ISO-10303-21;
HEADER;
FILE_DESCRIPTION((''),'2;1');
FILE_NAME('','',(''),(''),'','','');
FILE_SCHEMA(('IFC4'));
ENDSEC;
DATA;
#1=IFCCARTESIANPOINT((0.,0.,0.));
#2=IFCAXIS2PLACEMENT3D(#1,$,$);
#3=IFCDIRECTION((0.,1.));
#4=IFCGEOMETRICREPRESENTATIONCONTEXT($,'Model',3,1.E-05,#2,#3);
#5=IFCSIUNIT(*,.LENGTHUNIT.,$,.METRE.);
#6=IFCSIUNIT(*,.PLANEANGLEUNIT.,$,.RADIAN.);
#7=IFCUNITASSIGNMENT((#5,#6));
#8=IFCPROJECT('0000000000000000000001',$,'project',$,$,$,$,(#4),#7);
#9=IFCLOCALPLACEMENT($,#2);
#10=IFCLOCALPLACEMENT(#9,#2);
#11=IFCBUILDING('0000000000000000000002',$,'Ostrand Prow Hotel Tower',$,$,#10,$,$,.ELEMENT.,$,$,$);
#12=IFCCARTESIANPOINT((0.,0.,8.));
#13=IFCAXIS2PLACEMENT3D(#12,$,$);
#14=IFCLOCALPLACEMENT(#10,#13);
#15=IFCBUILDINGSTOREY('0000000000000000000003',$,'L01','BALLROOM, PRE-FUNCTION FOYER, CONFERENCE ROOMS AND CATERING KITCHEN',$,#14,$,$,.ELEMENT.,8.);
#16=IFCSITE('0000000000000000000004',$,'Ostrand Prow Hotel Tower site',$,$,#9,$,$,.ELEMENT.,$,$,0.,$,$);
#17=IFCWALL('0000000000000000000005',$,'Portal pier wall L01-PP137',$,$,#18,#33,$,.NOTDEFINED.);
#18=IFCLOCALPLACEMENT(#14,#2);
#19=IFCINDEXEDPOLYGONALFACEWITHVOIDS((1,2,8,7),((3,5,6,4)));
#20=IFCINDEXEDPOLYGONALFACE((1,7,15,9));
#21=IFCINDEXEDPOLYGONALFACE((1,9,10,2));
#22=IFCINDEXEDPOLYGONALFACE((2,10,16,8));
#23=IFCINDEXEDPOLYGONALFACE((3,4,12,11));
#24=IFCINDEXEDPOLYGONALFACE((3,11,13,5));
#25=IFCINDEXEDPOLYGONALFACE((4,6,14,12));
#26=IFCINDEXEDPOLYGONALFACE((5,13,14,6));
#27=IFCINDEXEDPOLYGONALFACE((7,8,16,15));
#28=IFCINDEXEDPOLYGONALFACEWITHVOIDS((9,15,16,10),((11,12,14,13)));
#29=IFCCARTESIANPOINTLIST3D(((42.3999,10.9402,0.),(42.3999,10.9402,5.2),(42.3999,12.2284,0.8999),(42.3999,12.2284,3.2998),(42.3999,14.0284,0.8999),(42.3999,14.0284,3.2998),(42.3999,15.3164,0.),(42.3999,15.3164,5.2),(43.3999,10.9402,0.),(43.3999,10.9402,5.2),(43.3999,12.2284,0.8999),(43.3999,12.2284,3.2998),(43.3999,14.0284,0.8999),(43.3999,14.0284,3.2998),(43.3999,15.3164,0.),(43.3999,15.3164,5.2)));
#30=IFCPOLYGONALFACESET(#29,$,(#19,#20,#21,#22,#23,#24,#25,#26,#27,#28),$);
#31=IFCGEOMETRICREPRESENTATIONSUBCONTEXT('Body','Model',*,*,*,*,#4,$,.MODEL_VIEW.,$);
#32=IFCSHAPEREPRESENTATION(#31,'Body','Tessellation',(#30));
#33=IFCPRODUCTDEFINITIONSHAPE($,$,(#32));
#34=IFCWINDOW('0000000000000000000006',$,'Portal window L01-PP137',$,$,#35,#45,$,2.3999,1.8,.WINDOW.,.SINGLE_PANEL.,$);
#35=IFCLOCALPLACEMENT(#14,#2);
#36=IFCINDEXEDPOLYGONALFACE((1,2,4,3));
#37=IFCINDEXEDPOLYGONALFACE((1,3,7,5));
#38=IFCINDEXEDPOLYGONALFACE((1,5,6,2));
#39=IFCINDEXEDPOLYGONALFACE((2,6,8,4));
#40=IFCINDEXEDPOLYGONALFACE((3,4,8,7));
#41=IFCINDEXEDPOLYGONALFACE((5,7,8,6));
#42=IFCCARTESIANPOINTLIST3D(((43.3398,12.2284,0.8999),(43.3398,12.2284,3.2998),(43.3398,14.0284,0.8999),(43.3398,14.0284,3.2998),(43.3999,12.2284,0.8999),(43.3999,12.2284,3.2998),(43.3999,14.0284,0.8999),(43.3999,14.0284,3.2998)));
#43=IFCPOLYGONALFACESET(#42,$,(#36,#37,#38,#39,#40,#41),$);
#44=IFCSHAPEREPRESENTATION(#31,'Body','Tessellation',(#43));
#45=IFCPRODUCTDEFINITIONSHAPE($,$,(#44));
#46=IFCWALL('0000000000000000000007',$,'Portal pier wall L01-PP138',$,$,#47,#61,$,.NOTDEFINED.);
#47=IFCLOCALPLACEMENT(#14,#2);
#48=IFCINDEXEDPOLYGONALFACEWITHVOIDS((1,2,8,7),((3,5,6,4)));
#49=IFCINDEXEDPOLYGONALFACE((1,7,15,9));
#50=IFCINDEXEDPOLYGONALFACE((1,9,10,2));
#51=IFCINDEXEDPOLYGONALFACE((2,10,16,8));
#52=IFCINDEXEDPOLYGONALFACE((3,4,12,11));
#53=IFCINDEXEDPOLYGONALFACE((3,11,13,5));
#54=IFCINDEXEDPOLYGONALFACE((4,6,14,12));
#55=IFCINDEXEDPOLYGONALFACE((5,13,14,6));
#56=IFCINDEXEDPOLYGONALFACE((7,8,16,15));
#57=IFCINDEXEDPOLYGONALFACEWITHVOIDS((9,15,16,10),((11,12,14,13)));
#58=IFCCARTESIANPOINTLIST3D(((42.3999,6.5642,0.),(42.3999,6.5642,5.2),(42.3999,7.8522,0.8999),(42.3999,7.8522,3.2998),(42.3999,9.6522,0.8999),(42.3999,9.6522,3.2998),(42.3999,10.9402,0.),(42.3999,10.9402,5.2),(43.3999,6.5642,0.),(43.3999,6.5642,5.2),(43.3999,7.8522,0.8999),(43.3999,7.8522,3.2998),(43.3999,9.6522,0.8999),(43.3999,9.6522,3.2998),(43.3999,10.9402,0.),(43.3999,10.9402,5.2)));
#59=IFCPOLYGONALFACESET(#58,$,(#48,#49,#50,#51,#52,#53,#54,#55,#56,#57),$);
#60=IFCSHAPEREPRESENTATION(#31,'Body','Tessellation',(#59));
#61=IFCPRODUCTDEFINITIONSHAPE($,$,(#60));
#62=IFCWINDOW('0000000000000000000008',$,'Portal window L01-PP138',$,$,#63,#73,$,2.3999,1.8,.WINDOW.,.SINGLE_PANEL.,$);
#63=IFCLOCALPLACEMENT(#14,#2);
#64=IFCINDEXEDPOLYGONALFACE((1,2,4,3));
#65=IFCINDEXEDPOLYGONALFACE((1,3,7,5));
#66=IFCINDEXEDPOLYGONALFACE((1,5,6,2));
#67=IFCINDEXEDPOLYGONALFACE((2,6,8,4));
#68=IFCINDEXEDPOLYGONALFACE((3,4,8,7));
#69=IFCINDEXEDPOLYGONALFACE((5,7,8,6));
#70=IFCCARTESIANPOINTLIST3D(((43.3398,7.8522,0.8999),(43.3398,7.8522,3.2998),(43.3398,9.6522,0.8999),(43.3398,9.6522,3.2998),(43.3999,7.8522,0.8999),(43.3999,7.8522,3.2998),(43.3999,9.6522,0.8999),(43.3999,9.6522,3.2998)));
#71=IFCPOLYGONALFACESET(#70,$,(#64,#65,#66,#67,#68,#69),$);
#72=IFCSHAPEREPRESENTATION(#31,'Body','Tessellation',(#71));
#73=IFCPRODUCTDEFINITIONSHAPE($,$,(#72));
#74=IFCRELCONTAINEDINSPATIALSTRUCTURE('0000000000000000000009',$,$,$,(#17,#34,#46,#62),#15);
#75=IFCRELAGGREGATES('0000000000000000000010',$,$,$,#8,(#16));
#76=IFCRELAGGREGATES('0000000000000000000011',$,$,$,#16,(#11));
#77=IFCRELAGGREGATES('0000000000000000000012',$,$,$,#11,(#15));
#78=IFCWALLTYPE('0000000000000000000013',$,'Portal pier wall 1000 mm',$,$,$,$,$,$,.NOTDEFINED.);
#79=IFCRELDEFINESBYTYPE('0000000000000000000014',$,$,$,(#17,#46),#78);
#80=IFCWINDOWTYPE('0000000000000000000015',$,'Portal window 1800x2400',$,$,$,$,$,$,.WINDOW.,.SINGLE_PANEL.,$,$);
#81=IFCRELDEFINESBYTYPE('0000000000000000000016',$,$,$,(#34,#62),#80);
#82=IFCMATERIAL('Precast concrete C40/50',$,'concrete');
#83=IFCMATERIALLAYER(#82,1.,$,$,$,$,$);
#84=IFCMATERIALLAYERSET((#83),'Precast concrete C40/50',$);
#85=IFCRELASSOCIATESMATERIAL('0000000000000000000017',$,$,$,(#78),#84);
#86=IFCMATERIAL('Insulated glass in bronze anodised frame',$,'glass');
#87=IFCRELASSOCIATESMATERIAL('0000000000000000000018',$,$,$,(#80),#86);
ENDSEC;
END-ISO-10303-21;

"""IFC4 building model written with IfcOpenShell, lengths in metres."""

from ifc_helpers import new_model, si_unit, direction, frame, frame_2d, origin, place, context, subcontext, project, spatial, polyline, rectangle, outline, extrude, material, layer, layer_set, type_object, element, fill, save


model = new_model("IFC4")

# Units and contexts
model_context = context("Model", 3, precision=1e-05, world=origin(), true_north=direction((0.0, 1.0)))
body_context = subcontext(model_context, "Body", "Model", "MODEL_VIEW")
ifc_project = project(units=[si_unit("LENGTHUNIT", "METRE"), si_unit("PLANEANGLEUNIT", "RADIAN")], contexts=[model_context])

# Site, building, storey
site_placement = place(None, origin())
site = spatial("IfcSite", under=ifc_project, at=site_placement, Name="Ostrand Prow Hotel Tower site", CompositionType="ELEMENT", RefElevation=0.0)
building_placement = place(site_placement, origin())
building = spatial("IfcBuilding", under=site, at=building_placement, Name="Ostrand Prow Hotel Tower", CompositionType="ELEMENT")
storey_placement = place(building_placement, frame((0.0, 0.0, 8.0)))
storey = spatial("IfcBuildingStorey", under=building, at=storey_placement, Name="L01", Description="BALLROOM, PRE-FUNCTION FOYER, CONFERENCE ROOMS AND CATERING KITCHEN", CompositionType="ELEMENT", Elevation=8.0)

# Walls, openings, windows
ifc_material_1 = material(Name="Precast concrete C40/50", Category="concrete")
ifc_layer_1 = layer(ifc_material_1, 1.0)
ifc_layer_set_1 = layer_set([ifc_layer_1], Name="Precast concrete C40/50")
wall_type_1 = type_object("IfcWallType", Name="Portal pier wall 1000 mm", PredefinedType="NOTDEFINED", material=ifc_layer_set_1)
wall_1_placement = place(storey_placement, frame((42.8999, 15.3164, 0.0), z_axis=(0.0, 0.0, 1.0), x_axis=(0.0, -1.0, 0.0)))
wall_1 = element("IfcWall", 1, at=wall_1_placement, inside=storey, type_object=wall_type_1, Name="Portal pier wall L01-PP137", PredefinedType="NOTDEFINED", context=body_context, shape_type="SweptSolid", body=[
    extrude(outline(polyline([(0.0, -0.5), (4.3762, -0.5), (4.3762, 0.5), (0.0, 0.5), (0.0, -0.5)])), origin(), (0.0, 0.0, 1.0), 5.2),
])
opening_1_placement = place(wall_1_placement, frame((1.2881, 0.0, 0.8999)))
opening_1 = element("IfcOpeningElement", 2, at=opening_1_placement, cuts=wall_1, PredefinedType="OPENING", context=body_context, shape_type="SweptSolid", body=[
    extrude(rectangle(XDim=1.8, YDim=2.3999, at=frame_2d((0.8999, 1.2))), frame((0.0, 0.51, 0.0), z_axis=(0.0, -1.0, 0.0), x_axis=(1.0, 0.0, 0.0)), (0.0, 0.0, 1.0), 1.02),
])
ifc_material_2 = material(Name="Insulated glass in bronze anodised frame", Category="glass")
window_type = type_object("IfcWindowType", Name="Portal window 1800x2400", PartitioningType="SINGLE_PANEL", PredefinedType="WINDOW", material=ifc_material_2)
window_1_placement = place(opening_1_placement, origin())
window_1 = element("IfcWindow", 3, at=window_1_placement, inside=storey, type_object=window_type, Name="Portal window L01-PP137", OverallHeight=2.3999, OverallWidth=1.8, PartitioningType="SINGLE_PANEL", PredefinedType="WINDOW", context=body_context, shape_type="SweptSolid", body=[
    extrude(rectangle(XDim=1.8, YDim=2.3999, at=frame_2d((0.8999, 1.2))), frame((0.0, 0.5, 0.0), z_axis=(0.0, -1.0, 0.0), x_axis=(1.0, 0.0, 0.0)), (0.0, 0.0, 1.0), 0.0601),
])
fill(opening_1, window_1)
wall_2_placement = place(storey_placement, frame((42.8999, 10.9402, 0.0), z_axis=(0.0, 0.0, 1.0), x_axis=(0.0, -1.0, 0.0)))
wall_2 = element("IfcWall", 4, at=wall_2_placement, inside=storey, type_object=wall_type_1, Name="Portal pier wall L01-PP138", PredefinedType="NOTDEFINED", context=body_context, shape_type="SweptSolid", body=[
    extrude(outline(polyline([(0.0, -0.5), (4.376, -0.5), (4.376, 0.5), (0.0, 0.5), (0.0, -0.5)])), origin(), (0.0, 0.0, 1.0), 5.2),
])
opening_2_placement = place(wall_2_placement, frame((1.2881, 0.0, 0.8999)))
opening_2 = element("IfcOpeningElement", 5, at=opening_2_placement, cuts=wall_2, PredefinedType="OPENING", context=body_context, shape_type="SweptSolid", body=[
    extrude(rectangle(XDim=1.8, YDim=2.3999, at=frame_2d((0.8999, 1.2))), frame((0.0, 0.51, 0.0), z_axis=(0.0, -1.0, 0.0), x_axis=(1.0, 0.0, 0.0)), (0.0, 0.0, 1.0), 1.02),
])
window_2_placement = place(opening_2_placement, origin())
window_2 = element("IfcWindow", 6, at=window_2_placement, inside=storey, type_object=window_type, Name="Portal window L01-PP138", OverallHeight=2.3999, OverallWidth=1.8, PartitioningType="SINGLE_PANEL", PredefinedType="WINDOW", context=body_context, shape_type="SweptSolid", body=[
    extrude(rectangle(XDim=1.8, YDim=2.3999, at=frame_2d((0.8999, 1.2))), frame((0.0, 0.5, 0.0), z_axis=(0.0, -1.0, 0.0), x_axis=(1.0, 0.0, 0.0)), (0.0, 0.0, 1.0), 0.0601),
])
fill(opening_2, window_2)

save(model, "model.ifc")
